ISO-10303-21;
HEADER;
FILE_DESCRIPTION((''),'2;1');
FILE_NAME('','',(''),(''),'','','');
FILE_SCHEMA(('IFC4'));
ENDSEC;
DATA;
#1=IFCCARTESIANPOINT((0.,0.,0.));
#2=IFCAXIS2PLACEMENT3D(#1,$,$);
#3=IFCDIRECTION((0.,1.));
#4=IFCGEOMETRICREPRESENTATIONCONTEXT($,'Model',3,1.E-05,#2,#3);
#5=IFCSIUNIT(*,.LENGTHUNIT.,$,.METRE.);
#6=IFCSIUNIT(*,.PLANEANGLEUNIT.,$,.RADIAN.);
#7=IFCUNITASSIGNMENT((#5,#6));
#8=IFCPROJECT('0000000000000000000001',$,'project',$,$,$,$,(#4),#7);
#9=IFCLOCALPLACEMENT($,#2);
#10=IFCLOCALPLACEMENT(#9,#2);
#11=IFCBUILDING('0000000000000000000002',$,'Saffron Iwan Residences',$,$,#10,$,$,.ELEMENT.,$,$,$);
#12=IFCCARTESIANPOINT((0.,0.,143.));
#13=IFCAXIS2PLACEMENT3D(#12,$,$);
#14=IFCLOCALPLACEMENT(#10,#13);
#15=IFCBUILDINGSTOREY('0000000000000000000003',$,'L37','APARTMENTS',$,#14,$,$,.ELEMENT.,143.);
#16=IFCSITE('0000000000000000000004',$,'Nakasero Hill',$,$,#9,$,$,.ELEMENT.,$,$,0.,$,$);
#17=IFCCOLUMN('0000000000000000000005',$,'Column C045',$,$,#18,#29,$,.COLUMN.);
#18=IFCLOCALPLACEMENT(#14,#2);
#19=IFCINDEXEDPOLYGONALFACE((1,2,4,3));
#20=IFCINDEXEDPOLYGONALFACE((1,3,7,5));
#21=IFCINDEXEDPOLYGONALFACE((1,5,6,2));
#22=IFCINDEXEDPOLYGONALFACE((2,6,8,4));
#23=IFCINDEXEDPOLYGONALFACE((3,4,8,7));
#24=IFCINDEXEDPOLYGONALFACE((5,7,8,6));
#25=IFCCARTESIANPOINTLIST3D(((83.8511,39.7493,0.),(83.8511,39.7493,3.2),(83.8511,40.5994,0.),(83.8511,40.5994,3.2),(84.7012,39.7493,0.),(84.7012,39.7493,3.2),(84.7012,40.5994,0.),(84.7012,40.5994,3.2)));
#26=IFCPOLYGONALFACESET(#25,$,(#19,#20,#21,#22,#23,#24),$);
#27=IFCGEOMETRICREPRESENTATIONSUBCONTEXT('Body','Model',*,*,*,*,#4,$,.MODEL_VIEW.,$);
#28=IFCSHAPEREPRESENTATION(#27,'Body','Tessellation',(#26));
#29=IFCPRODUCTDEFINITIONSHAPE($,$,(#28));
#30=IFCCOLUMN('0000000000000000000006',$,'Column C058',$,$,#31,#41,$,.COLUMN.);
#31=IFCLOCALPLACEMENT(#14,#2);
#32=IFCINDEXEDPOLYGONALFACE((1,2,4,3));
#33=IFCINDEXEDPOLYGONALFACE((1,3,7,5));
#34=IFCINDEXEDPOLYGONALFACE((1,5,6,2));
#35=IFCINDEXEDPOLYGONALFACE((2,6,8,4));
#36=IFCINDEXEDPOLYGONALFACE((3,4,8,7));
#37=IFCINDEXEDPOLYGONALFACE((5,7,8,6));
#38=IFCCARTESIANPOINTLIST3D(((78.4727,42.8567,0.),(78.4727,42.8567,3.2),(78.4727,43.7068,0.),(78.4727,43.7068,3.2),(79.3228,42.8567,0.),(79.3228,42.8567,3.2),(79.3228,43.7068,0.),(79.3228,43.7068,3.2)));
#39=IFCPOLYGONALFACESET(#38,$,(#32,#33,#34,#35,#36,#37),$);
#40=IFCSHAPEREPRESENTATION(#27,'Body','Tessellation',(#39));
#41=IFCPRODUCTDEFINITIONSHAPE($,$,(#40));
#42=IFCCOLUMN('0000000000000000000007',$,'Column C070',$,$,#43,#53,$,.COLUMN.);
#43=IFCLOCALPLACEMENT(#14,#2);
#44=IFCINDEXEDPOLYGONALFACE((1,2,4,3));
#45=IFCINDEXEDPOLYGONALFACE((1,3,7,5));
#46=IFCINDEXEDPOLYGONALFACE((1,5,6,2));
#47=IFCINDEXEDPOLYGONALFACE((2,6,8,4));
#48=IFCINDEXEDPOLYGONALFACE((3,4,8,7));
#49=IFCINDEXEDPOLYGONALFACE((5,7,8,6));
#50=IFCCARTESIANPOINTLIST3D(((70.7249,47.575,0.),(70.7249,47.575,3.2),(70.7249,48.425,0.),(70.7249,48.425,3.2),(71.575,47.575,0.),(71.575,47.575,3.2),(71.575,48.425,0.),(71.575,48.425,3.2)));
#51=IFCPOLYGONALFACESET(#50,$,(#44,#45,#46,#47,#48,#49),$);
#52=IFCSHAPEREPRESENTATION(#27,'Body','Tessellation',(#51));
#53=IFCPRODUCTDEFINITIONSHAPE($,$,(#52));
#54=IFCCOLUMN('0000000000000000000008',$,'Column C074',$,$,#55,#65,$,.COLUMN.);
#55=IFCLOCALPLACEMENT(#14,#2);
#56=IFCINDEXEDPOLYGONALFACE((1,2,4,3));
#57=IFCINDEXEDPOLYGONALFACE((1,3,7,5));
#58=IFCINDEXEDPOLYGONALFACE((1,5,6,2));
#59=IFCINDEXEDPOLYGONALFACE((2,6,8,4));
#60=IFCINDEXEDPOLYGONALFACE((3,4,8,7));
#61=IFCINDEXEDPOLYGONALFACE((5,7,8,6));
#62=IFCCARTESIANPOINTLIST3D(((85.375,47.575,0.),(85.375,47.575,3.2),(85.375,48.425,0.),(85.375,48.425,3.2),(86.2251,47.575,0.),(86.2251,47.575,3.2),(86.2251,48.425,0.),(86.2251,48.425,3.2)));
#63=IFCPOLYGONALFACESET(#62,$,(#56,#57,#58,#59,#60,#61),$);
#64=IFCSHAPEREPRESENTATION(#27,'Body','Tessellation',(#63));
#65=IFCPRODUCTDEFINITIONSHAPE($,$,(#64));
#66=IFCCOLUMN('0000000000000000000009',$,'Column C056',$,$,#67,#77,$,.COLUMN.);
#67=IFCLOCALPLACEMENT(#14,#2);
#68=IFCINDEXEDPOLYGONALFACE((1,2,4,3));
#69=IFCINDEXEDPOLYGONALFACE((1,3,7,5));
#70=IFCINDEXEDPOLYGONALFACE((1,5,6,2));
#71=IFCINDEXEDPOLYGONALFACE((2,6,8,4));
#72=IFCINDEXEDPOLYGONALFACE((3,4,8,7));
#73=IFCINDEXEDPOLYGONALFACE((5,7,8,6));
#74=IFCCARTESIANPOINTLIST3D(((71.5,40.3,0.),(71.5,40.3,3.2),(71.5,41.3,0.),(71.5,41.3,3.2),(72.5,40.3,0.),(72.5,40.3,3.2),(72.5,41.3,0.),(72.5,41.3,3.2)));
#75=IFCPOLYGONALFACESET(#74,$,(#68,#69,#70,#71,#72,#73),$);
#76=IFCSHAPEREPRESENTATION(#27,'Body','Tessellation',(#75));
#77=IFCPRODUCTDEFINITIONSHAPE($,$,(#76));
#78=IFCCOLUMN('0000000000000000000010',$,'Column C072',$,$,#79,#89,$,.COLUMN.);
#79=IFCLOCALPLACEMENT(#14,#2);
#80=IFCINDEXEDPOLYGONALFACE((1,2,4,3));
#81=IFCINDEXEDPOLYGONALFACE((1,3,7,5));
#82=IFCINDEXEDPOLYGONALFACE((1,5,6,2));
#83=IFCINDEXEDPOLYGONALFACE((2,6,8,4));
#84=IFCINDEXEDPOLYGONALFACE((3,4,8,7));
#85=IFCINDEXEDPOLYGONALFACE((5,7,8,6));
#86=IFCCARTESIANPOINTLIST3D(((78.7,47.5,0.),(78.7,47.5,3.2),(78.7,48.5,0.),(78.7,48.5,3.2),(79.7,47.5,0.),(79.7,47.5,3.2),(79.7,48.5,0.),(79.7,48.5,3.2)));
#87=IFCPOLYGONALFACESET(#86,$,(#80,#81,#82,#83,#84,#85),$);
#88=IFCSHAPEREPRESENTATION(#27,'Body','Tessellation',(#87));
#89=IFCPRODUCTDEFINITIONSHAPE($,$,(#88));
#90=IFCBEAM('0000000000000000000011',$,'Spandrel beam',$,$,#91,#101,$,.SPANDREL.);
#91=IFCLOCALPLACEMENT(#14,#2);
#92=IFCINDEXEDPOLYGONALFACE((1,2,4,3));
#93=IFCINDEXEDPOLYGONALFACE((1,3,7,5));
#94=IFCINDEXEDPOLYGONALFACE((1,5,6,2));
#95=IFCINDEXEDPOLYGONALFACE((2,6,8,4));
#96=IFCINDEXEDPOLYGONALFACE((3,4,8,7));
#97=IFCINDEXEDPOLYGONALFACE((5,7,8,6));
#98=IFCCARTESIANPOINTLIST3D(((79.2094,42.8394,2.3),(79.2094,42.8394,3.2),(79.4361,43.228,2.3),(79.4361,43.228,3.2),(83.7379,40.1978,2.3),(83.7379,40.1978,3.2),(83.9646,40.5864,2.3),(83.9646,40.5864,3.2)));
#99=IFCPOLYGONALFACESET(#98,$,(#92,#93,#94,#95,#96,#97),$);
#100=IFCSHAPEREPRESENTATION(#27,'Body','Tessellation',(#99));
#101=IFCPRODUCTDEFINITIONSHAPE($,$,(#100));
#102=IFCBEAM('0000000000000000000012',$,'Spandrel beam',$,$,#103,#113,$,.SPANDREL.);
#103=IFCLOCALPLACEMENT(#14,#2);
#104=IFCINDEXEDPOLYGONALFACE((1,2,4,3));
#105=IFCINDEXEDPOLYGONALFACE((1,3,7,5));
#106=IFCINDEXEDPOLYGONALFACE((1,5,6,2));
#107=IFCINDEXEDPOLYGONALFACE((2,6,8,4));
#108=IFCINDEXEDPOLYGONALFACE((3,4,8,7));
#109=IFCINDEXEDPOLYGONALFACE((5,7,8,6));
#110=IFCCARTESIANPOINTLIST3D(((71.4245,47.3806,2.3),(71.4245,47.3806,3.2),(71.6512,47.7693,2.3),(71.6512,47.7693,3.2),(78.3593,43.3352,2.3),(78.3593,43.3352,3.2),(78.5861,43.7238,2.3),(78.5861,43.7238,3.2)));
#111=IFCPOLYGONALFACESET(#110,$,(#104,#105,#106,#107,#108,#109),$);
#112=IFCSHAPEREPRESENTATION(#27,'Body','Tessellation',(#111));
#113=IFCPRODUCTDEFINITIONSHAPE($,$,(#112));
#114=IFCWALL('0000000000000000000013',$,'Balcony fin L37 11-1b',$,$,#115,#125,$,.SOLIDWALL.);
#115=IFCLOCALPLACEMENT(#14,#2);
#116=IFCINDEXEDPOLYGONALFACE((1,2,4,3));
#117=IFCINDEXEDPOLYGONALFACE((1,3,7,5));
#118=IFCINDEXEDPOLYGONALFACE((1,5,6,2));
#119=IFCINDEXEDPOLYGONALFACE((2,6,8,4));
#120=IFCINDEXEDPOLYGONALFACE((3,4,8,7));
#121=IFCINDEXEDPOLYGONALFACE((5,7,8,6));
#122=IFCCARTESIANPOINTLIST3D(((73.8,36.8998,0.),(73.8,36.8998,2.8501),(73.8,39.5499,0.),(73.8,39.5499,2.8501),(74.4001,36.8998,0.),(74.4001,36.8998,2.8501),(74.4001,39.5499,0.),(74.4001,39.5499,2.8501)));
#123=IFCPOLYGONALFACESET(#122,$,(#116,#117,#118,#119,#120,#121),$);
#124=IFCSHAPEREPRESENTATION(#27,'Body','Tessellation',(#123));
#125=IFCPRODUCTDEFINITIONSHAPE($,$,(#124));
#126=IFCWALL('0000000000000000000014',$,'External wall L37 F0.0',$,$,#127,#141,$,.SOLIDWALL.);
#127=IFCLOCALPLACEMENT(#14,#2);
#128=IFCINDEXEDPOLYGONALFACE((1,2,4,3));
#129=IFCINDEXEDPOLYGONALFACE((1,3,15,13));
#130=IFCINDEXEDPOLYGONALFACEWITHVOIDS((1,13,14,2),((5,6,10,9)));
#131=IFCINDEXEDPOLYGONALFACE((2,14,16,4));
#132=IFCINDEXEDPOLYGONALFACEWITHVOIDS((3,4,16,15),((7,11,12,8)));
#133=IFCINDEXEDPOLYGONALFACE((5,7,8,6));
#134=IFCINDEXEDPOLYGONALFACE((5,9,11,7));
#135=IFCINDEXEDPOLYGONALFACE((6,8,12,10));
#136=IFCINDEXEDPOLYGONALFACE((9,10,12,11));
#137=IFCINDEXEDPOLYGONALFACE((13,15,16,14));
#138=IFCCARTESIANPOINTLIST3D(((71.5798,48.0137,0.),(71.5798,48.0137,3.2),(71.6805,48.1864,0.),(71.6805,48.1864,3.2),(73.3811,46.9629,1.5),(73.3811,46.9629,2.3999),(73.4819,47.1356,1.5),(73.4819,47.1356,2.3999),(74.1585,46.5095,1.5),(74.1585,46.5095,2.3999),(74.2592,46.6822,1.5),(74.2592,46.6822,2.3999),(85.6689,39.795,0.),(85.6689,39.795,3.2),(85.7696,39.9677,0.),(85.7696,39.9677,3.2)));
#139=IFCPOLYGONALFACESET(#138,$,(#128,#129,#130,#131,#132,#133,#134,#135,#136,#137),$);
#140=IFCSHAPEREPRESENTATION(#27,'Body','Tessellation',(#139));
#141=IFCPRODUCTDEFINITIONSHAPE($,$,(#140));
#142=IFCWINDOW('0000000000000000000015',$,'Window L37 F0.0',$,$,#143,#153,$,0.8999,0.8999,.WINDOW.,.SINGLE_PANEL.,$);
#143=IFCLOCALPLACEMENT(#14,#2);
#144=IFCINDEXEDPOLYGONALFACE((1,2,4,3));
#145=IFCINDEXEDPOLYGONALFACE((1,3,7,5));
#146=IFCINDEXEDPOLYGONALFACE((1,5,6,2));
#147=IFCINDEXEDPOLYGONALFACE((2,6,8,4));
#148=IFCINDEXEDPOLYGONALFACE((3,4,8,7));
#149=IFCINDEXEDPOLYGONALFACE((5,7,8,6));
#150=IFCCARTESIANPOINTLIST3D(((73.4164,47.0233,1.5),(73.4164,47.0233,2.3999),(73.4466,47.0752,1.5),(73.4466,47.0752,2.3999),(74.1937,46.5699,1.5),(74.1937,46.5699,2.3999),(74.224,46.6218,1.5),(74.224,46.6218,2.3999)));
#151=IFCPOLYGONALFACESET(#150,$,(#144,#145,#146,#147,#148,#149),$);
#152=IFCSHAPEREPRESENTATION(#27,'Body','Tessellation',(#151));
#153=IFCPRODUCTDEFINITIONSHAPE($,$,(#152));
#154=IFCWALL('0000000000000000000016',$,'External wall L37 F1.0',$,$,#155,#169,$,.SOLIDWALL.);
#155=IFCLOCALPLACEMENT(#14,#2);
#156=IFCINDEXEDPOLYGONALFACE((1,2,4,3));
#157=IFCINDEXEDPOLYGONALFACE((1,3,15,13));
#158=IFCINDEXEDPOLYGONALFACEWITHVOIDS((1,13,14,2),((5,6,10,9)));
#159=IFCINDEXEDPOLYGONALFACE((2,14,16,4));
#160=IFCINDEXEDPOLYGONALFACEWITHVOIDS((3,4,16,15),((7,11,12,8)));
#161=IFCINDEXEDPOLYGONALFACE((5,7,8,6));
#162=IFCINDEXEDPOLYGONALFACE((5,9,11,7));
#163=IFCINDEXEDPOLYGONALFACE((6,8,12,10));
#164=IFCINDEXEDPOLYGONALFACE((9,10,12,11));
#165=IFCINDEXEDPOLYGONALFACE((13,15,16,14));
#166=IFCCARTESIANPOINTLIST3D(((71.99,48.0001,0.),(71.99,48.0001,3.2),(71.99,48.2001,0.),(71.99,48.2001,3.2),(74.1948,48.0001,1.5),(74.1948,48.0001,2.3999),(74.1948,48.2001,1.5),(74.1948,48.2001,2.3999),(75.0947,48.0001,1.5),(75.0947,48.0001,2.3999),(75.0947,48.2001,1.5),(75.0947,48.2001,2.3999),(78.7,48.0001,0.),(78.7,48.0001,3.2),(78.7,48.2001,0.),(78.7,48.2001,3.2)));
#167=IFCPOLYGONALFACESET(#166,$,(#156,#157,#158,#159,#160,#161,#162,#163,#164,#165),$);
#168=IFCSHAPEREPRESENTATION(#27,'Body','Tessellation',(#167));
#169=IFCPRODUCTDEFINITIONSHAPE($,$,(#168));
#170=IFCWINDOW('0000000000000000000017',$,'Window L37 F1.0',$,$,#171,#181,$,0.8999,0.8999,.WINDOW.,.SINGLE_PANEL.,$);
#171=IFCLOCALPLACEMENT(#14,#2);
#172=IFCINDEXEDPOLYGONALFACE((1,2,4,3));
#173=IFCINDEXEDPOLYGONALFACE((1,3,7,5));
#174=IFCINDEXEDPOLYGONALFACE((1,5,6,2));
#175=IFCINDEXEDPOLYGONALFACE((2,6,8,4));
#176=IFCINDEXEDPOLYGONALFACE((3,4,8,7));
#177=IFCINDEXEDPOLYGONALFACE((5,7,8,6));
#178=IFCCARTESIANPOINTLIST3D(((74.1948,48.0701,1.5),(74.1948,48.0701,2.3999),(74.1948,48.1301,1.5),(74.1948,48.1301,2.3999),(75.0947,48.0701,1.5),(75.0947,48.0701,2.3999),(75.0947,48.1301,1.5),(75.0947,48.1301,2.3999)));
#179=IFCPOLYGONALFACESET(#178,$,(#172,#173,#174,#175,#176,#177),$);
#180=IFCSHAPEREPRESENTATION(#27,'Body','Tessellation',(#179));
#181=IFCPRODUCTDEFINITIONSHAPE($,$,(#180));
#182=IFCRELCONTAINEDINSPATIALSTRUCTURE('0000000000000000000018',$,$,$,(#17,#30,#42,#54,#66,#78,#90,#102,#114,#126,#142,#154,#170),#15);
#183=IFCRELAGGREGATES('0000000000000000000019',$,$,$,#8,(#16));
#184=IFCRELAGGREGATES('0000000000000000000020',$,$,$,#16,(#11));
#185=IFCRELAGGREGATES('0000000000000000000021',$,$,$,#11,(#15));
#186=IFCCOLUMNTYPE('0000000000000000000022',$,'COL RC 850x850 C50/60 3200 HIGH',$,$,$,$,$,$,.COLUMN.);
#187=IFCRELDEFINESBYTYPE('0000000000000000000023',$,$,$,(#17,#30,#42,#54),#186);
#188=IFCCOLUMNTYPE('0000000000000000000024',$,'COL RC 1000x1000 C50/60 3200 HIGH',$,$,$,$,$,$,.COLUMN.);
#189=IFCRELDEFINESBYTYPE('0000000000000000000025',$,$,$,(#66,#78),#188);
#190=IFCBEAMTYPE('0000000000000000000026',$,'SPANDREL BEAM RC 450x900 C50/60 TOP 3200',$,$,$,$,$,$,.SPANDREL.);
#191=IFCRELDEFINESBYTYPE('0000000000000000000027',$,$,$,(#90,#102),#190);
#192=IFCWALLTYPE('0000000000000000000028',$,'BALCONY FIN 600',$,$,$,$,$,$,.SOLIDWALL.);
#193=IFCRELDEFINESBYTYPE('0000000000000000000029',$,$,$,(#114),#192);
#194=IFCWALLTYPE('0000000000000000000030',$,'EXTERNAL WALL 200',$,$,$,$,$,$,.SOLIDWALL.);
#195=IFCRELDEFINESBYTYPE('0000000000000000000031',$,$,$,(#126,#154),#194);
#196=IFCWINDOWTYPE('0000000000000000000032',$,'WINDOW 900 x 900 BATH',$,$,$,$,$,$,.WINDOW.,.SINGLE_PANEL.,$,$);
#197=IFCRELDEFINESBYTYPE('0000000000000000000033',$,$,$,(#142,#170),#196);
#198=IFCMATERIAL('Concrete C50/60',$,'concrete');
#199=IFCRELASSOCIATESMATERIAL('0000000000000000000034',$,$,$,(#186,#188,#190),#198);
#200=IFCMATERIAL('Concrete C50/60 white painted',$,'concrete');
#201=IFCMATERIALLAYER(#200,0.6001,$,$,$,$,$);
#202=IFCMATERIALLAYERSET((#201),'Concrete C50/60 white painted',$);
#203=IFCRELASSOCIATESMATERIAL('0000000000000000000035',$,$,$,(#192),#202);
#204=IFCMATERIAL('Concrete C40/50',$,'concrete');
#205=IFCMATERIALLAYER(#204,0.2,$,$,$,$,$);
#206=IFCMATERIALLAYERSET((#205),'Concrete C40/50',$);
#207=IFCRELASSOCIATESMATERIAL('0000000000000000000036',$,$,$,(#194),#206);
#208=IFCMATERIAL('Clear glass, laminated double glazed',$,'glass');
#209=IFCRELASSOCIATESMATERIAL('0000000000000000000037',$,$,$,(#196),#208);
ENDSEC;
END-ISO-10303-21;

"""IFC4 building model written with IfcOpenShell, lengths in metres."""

from ifc_helpers import new_model, si_unit, direction, frame, frame_2d, origin, origin_2d, place, context, subcontext, project, spatial, rectangle, extrude, source, transform, mapped, material, layer, layer_set, material_profile, profile_set, type_object, element, fill, save


model = new_model("IFC4")

# Units and contexts
model_context = context("Model", 3, precision=1e-05, world=origin(), true_north=direction((0.0, 1.0)))
body_context = subcontext(model_context, "Body", "Model", "MODEL_VIEW")
ifc_project = project(units=[si_unit("LENGTHUNIT", "METRE"), si_unit("PLANEANGLEUNIT", "RADIAN")], contexts=[model_context])

# Site, building, storey
site_placement = place(None, origin())
site = spatial("IfcSite", under=ifc_project, at=site_placement, Name="Nakasero Hill", CompositionType="ELEMENT", RefElevation=0.0)
building_placement = place(site_placement, origin())
building = spatial("IfcBuilding", under=site, at=building_placement, Name="Saffron Iwan Residences", CompositionType="ELEMENT")
storey_placement = place(building_placement, frame((0.0, 0.0, 143.0)))
storey = spatial("IfcBuildingStorey", under=building, at=storey_placement, Name="L37", Description="APARTMENTS", CompositionType="ELEMENT", Elevation=143.0)

# Columns
ifc_material_1 = material(Name="Concrete C50/60", Category="concrete")
ifc_material_profile_1 = material_profile(ifc_material_1, rectangle(XDim=0.8501, YDim=0.8501, at=origin_2d()), Name="RC 850x850")
ifc_profile_set_1 = profile_set([ifc_material_profile_1], Name="Concrete C50/60")
column_type_1 = type_object("IfcColumnType", Name="COL RC 850x850 C50/60 3200 HIGH", PredefinedType="COLUMN", material=ifc_profile_set_1)
shared_shape_1 = source(origin(), body_context, "Body", "SweptSolid", [
    extrude(rectangle(XDim=0.8501, YDim=0.8501, at=origin_2d()), origin(), (0.0, 0.0, 1.0), 3.2),
])
for number, where, z_axis, x_axis, name in (
    (1, (84.2761, 40.1743, 0.0), (0.0, 0.0, 1.0), (1.0, 0.0, 0.0), "Column C045"),
    (2, (78.8977, 43.2817, 0.0), (0.0, 0.0, 1.0), (1.0, 0.0, 0.0), "Column C058"),
    (3, (71.1499, 48.0, 0.0), (0.0, 0.0, 1.0), (1.0, 0.0, 0.0), "Column C070"),
    (4, (85.8, 48.0, 0.0), (0.0, 0.0, 1.0), (1.0, 0.0, 0.0), "Column C074"),
):
    element("IfcColumn", number, at=place(storey_placement, frame(where, z_axis=z_axis, x_axis=x_axis)), inside=storey, type_object=column_type_1, Name=name, PredefinedType="COLUMN", context=body_context, shape_type="MappedRepresentation", body=[
        mapped(shared_shape_1, transform((0.0, 0.0, 0.0))),
    ])
ifc_material_profile_2 = material_profile(ifc_material_1, rectangle(XDim=1.0, YDim=1.0, at=origin_2d()), Name="RC 1000x1000")
ifc_profile_set_2 = profile_set([ifc_material_profile_2], Name="Concrete C50/60")
column_type_2 = type_object("IfcColumnType", Name="COL RC 1000x1000 C50/60 3200 HIGH", PredefinedType="COLUMN", material=ifc_profile_set_2)
shared_shape_2 = source(origin(), body_context, "Body", "SweptSolid", [
    extrude(rectangle(XDim=1.0, YDim=1.0, at=origin_2d()), origin(), (0.0, 0.0, 1.0), 3.2),
])
for number, where, z_axis, x_axis, name in (
    (5, (72.0, 40.8, 0.0), (0.0, 0.0, 1.0), (1.0, 0.0, 0.0), "Column C056"),
    (6, (79.2, 48.0, 0.0), (0.0, 0.0, 1.0), (1.0, 0.0, 0.0), "Column C072"),
):
    element("IfcColumn", number, at=place(storey_placement, frame(where, z_axis=z_axis, x_axis=x_axis)), inside=storey, type_object=column_type_2, Name=name, PredefinedType="COLUMN", context=body_context, shape_type="MappedRepresentation", body=[
        mapped(shared_shape_2, transform((0.0, 0.0, 0.0))),
    ])

# Beams
ifc_material_profile_3 = material_profile(ifc_material_1, rectangle(XDim=0.45, YDim=0.8999, at=origin_2d()), Name="RC 450x900")
ifc_profile_set_3 = profile_set([ifc_material_profile_3], Name="Concrete C50/60")
beam_type = type_object("IfcBeamType", Name="SPANDREL BEAM RC 450x900 C50/60 TOP 3200", PredefinedType="SPANDREL", material=ifc_profile_set_3)
shared_shape_3 = source(origin(), body_context, "Body", "SweptSolid", [
    extrude(rectangle(XDim=0.45, YDim=0.8999, at=origin_2d()), origin(), (0.0, 0.0, 1.0), 5.2427),
])
beam_1_placement = place(storey_placement, frame((79.3228, 43.0337, 2.75), z_axis=(0.863784, -0.503862, 0.0), x_axis=(0.503862, 0.863784, 0.0)))
element("IfcBeam", 7, at=beam_1_placement, inside=storey, type_object=beam_type, Name="Spandrel beam", PredefinedType="SPANDREL", context=body_context, shape_type="MappedRepresentation", body=[
    mapped(shared_shape_3, transform((0.0, 0.0, 0.0))),
])
shared_shape_4 = source(origin(), body_context, "Body", "SweptSolid", [
    extrude(rectangle(XDim=0.45, YDim=0.8999, at=origin_2d()), origin(), (0.0, 0.0, 1.0), 8.0286),
])
beam_2_placement = place(storey_placement, frame((71.5378, 47.575, 2.75), z_axis=(0.863773, -0.50388, 0.0), x_axis=(0.50388, 0.863773, 0.0)))
element("IfcBeam", 8, at=beam_2_placement, inside=storey, type_object=beam_type, Name="Spandrel beam", PredefinedType="SPANDREL", context=body_context, shape_type="MappedRepresentation", body=[
    mapped(shared_shape_4, transform((0.0, 0.0, 0.0))),
])

# Wall
ifc_material_2 = material(Name="Concrete C50/60 white painted", Category="concrete")
ifc_layer_1 = layer(ifc_material_2, 0.6001)
ifc_layer_set_1 = layer_set([ifc_layer_1], Name="Concrete C50/60 white painted")
wall_type_1 = type_object("IfcWallType", Name="BALCONY FIN 600", PredefinedType="SOLIDWALL", material=ifc_layer_set_1)
wall_1_placement = place(storey_placement, frame((74.1001, 39.55, 0.0), z_axis=(0.0, 0.0, 1.0), x_axis=(0.0, -1.0, 0.0)))
element("IfcWall", 9, at=wall_1_placement, inside=storey, type_object=wall_type_1, Name="Balcony fin L37 11-1b", PredefinedType="SOLIDWALL", context=body_context, shape_type="SweptSolid", body=[
    extrude(rectangle(XDim=2.6501, YDim=0.6001, at=frame_2d((1.3252, 0.0))), origin(), (0.0, 0.0, 1.0), 2.8501),
])

# Walls, openings, windows
ifc_material_3 = material(Name="Concrete C40/50", Category="concrete")
ifc_layer_2 = layer(ifc_material_3, 0.2)
ifc_layer_set_2 = layer_set([ifc_layer_2], Name="Concrete C40/50")
wall_type_2 = type_object("IfcWallType", Name="EXTERNAL WALL 200", PredefinedType="SOLIDWALL", material=ifc_layer_set_2)
wall_2_placement = place(storey_placement, frame((85.7192, 39.8813, 0.0), z_axis=(0.0, 0.0, 1.0), x_axis=(-0.863776, 0.503876, 0.0)))
wall_2 = element("IfcWall", 10, at=wall_2_placement, inside=storey, type_object=wall_type_2, Name="External wall L37 F0.0", PredefinedType="SOLIDWALL", context=body_context, shape_type="SweptSolid", body=[
    extrude(rectangle(XDim=16.311, YDim=0.2, at=frame_2d((8.1555, 0.0))), origin(), (0.0, 0.0, 1.0), 3.2),
])
opening_1_placement = place(wall_2_placement, frame((13.3257, 0.0, 1.5)))
opening_1 = element("IfcOpeningElement", 11, at=opening_1_placement, cuts=wall_2, PredefinedType="OPENING", context=body_context, shape_type="SweptSolid", body=[
    extrude(rectangle(XDim=0.8999, YDim=0.8999, at=frame_2d((0.45, 0.45))), frame((0.0, 0.1099, 0.0), z_axis=(0.0, -1.0, 0.0), x_axis=(1.0, 0.0, 0.0)), (0.0, 0.0, 1.0), 0.22),
])
ifc_material_4 = material(Name="Clear glass, laminated double glazed", Category="glass")
window_type_1 = type_object("IfcWindowType", Name="WINDOW 900 x 900 BATH", PartitioningType="SINGLE_PANEL", PredefinedType="WINDOW", material=ifc_material_4)
window_1_placement = place(opening_1_placement, origin())
window_1 = element("IfcWindow", 12, at=window_1_placement, inside=storey, type_object=window_type_1, Name="Window L37 F0.0", OverallHeight=0.8999, OverallWidth=0.8999, PartitioningType="SINGLE_PANEL", PredefinedType="WINDOW", context=body_context, shape_type="SweptSolid", body=[
    extrude(rectangle(XDim=0.8999, YDim=0.8999, at=frame_2d((0.45, 0.45))), frame((0.0, 0.03, 0.0), z_axis=(0.0, -1.0, 0.0), x_axis=(1.0, 0.0, 0.0)), (0.0, 0.0, 1.0), 0.0601),
])
fill(opening_1, window_1)
wall_3_placement = place(storey_placement, frame((71.99, 48.1001, 0.0), z_axis=(0.0, 0.0, 1.0), x_axis=(1.0, 0.0, 0.0)))
wall_3 = element("IfcWall", 13, at=wall_3_placement, inside=storey, type_object=wall_type_2, Name="External wall L37 F1.0", PredefinedType="SOLIDWALL", context=body_context, shape_type="SweptSolid", body=[
    extrude(rectangle(XDim=6.71, YDim=0.2, at=frame_2d((3.355, 0.0))), origin(), (0.0, 0.0, 1.0), 3.2),
])
opening_2_placement = place(wall_3_placement, frame((2.2048, 0.0, 1.5)))
opening_2 = element("IfcOpeningElement", 14, at=opening_2_placement, cuts=wall_3, PredefinedType="OPENING", context=body_context, shape_type="SweptSolid", body=[
    extrude(rectangle(XDim=0.8999, YDim=0.8999, at=frame_2d((0.45, 0.45))), frame((0.0, 0.1099, 0.0), z_axis=(0.0, -1.0, 0.0), x_axis=(1.0, 0.0, 0.0)), (0.0, 0.0, 1.0), 0.22),
])
window_2_placement = place(opening_2_placement, origin())
window_2 = element("IfcWindow", 15, at=window_2_placement, inside=storey, type_object=window_type_1, Name="Window L37 F1.0", OverallHeight=0.8999, OverallWidth=0.8999, PartitioningType="SINGLE_PANEL", PredefinedType="WINDOW", context=body_context, shape_type="SweptSolid", body=[
    extrude(rectangle(XDim=0.8999, YDim=0.8999, at=frame_2d((0.45, 0.45))), frame((0.0, 0.03, 0.0), z_axis=(0.0, -1.0, 0.0), x_axis=(1.0, 0.0, 0.0)), (0.0, 0.0, 1.0), 0.0601),
])
fill(opening_2, window_2)

save(model, "model.ifc")
